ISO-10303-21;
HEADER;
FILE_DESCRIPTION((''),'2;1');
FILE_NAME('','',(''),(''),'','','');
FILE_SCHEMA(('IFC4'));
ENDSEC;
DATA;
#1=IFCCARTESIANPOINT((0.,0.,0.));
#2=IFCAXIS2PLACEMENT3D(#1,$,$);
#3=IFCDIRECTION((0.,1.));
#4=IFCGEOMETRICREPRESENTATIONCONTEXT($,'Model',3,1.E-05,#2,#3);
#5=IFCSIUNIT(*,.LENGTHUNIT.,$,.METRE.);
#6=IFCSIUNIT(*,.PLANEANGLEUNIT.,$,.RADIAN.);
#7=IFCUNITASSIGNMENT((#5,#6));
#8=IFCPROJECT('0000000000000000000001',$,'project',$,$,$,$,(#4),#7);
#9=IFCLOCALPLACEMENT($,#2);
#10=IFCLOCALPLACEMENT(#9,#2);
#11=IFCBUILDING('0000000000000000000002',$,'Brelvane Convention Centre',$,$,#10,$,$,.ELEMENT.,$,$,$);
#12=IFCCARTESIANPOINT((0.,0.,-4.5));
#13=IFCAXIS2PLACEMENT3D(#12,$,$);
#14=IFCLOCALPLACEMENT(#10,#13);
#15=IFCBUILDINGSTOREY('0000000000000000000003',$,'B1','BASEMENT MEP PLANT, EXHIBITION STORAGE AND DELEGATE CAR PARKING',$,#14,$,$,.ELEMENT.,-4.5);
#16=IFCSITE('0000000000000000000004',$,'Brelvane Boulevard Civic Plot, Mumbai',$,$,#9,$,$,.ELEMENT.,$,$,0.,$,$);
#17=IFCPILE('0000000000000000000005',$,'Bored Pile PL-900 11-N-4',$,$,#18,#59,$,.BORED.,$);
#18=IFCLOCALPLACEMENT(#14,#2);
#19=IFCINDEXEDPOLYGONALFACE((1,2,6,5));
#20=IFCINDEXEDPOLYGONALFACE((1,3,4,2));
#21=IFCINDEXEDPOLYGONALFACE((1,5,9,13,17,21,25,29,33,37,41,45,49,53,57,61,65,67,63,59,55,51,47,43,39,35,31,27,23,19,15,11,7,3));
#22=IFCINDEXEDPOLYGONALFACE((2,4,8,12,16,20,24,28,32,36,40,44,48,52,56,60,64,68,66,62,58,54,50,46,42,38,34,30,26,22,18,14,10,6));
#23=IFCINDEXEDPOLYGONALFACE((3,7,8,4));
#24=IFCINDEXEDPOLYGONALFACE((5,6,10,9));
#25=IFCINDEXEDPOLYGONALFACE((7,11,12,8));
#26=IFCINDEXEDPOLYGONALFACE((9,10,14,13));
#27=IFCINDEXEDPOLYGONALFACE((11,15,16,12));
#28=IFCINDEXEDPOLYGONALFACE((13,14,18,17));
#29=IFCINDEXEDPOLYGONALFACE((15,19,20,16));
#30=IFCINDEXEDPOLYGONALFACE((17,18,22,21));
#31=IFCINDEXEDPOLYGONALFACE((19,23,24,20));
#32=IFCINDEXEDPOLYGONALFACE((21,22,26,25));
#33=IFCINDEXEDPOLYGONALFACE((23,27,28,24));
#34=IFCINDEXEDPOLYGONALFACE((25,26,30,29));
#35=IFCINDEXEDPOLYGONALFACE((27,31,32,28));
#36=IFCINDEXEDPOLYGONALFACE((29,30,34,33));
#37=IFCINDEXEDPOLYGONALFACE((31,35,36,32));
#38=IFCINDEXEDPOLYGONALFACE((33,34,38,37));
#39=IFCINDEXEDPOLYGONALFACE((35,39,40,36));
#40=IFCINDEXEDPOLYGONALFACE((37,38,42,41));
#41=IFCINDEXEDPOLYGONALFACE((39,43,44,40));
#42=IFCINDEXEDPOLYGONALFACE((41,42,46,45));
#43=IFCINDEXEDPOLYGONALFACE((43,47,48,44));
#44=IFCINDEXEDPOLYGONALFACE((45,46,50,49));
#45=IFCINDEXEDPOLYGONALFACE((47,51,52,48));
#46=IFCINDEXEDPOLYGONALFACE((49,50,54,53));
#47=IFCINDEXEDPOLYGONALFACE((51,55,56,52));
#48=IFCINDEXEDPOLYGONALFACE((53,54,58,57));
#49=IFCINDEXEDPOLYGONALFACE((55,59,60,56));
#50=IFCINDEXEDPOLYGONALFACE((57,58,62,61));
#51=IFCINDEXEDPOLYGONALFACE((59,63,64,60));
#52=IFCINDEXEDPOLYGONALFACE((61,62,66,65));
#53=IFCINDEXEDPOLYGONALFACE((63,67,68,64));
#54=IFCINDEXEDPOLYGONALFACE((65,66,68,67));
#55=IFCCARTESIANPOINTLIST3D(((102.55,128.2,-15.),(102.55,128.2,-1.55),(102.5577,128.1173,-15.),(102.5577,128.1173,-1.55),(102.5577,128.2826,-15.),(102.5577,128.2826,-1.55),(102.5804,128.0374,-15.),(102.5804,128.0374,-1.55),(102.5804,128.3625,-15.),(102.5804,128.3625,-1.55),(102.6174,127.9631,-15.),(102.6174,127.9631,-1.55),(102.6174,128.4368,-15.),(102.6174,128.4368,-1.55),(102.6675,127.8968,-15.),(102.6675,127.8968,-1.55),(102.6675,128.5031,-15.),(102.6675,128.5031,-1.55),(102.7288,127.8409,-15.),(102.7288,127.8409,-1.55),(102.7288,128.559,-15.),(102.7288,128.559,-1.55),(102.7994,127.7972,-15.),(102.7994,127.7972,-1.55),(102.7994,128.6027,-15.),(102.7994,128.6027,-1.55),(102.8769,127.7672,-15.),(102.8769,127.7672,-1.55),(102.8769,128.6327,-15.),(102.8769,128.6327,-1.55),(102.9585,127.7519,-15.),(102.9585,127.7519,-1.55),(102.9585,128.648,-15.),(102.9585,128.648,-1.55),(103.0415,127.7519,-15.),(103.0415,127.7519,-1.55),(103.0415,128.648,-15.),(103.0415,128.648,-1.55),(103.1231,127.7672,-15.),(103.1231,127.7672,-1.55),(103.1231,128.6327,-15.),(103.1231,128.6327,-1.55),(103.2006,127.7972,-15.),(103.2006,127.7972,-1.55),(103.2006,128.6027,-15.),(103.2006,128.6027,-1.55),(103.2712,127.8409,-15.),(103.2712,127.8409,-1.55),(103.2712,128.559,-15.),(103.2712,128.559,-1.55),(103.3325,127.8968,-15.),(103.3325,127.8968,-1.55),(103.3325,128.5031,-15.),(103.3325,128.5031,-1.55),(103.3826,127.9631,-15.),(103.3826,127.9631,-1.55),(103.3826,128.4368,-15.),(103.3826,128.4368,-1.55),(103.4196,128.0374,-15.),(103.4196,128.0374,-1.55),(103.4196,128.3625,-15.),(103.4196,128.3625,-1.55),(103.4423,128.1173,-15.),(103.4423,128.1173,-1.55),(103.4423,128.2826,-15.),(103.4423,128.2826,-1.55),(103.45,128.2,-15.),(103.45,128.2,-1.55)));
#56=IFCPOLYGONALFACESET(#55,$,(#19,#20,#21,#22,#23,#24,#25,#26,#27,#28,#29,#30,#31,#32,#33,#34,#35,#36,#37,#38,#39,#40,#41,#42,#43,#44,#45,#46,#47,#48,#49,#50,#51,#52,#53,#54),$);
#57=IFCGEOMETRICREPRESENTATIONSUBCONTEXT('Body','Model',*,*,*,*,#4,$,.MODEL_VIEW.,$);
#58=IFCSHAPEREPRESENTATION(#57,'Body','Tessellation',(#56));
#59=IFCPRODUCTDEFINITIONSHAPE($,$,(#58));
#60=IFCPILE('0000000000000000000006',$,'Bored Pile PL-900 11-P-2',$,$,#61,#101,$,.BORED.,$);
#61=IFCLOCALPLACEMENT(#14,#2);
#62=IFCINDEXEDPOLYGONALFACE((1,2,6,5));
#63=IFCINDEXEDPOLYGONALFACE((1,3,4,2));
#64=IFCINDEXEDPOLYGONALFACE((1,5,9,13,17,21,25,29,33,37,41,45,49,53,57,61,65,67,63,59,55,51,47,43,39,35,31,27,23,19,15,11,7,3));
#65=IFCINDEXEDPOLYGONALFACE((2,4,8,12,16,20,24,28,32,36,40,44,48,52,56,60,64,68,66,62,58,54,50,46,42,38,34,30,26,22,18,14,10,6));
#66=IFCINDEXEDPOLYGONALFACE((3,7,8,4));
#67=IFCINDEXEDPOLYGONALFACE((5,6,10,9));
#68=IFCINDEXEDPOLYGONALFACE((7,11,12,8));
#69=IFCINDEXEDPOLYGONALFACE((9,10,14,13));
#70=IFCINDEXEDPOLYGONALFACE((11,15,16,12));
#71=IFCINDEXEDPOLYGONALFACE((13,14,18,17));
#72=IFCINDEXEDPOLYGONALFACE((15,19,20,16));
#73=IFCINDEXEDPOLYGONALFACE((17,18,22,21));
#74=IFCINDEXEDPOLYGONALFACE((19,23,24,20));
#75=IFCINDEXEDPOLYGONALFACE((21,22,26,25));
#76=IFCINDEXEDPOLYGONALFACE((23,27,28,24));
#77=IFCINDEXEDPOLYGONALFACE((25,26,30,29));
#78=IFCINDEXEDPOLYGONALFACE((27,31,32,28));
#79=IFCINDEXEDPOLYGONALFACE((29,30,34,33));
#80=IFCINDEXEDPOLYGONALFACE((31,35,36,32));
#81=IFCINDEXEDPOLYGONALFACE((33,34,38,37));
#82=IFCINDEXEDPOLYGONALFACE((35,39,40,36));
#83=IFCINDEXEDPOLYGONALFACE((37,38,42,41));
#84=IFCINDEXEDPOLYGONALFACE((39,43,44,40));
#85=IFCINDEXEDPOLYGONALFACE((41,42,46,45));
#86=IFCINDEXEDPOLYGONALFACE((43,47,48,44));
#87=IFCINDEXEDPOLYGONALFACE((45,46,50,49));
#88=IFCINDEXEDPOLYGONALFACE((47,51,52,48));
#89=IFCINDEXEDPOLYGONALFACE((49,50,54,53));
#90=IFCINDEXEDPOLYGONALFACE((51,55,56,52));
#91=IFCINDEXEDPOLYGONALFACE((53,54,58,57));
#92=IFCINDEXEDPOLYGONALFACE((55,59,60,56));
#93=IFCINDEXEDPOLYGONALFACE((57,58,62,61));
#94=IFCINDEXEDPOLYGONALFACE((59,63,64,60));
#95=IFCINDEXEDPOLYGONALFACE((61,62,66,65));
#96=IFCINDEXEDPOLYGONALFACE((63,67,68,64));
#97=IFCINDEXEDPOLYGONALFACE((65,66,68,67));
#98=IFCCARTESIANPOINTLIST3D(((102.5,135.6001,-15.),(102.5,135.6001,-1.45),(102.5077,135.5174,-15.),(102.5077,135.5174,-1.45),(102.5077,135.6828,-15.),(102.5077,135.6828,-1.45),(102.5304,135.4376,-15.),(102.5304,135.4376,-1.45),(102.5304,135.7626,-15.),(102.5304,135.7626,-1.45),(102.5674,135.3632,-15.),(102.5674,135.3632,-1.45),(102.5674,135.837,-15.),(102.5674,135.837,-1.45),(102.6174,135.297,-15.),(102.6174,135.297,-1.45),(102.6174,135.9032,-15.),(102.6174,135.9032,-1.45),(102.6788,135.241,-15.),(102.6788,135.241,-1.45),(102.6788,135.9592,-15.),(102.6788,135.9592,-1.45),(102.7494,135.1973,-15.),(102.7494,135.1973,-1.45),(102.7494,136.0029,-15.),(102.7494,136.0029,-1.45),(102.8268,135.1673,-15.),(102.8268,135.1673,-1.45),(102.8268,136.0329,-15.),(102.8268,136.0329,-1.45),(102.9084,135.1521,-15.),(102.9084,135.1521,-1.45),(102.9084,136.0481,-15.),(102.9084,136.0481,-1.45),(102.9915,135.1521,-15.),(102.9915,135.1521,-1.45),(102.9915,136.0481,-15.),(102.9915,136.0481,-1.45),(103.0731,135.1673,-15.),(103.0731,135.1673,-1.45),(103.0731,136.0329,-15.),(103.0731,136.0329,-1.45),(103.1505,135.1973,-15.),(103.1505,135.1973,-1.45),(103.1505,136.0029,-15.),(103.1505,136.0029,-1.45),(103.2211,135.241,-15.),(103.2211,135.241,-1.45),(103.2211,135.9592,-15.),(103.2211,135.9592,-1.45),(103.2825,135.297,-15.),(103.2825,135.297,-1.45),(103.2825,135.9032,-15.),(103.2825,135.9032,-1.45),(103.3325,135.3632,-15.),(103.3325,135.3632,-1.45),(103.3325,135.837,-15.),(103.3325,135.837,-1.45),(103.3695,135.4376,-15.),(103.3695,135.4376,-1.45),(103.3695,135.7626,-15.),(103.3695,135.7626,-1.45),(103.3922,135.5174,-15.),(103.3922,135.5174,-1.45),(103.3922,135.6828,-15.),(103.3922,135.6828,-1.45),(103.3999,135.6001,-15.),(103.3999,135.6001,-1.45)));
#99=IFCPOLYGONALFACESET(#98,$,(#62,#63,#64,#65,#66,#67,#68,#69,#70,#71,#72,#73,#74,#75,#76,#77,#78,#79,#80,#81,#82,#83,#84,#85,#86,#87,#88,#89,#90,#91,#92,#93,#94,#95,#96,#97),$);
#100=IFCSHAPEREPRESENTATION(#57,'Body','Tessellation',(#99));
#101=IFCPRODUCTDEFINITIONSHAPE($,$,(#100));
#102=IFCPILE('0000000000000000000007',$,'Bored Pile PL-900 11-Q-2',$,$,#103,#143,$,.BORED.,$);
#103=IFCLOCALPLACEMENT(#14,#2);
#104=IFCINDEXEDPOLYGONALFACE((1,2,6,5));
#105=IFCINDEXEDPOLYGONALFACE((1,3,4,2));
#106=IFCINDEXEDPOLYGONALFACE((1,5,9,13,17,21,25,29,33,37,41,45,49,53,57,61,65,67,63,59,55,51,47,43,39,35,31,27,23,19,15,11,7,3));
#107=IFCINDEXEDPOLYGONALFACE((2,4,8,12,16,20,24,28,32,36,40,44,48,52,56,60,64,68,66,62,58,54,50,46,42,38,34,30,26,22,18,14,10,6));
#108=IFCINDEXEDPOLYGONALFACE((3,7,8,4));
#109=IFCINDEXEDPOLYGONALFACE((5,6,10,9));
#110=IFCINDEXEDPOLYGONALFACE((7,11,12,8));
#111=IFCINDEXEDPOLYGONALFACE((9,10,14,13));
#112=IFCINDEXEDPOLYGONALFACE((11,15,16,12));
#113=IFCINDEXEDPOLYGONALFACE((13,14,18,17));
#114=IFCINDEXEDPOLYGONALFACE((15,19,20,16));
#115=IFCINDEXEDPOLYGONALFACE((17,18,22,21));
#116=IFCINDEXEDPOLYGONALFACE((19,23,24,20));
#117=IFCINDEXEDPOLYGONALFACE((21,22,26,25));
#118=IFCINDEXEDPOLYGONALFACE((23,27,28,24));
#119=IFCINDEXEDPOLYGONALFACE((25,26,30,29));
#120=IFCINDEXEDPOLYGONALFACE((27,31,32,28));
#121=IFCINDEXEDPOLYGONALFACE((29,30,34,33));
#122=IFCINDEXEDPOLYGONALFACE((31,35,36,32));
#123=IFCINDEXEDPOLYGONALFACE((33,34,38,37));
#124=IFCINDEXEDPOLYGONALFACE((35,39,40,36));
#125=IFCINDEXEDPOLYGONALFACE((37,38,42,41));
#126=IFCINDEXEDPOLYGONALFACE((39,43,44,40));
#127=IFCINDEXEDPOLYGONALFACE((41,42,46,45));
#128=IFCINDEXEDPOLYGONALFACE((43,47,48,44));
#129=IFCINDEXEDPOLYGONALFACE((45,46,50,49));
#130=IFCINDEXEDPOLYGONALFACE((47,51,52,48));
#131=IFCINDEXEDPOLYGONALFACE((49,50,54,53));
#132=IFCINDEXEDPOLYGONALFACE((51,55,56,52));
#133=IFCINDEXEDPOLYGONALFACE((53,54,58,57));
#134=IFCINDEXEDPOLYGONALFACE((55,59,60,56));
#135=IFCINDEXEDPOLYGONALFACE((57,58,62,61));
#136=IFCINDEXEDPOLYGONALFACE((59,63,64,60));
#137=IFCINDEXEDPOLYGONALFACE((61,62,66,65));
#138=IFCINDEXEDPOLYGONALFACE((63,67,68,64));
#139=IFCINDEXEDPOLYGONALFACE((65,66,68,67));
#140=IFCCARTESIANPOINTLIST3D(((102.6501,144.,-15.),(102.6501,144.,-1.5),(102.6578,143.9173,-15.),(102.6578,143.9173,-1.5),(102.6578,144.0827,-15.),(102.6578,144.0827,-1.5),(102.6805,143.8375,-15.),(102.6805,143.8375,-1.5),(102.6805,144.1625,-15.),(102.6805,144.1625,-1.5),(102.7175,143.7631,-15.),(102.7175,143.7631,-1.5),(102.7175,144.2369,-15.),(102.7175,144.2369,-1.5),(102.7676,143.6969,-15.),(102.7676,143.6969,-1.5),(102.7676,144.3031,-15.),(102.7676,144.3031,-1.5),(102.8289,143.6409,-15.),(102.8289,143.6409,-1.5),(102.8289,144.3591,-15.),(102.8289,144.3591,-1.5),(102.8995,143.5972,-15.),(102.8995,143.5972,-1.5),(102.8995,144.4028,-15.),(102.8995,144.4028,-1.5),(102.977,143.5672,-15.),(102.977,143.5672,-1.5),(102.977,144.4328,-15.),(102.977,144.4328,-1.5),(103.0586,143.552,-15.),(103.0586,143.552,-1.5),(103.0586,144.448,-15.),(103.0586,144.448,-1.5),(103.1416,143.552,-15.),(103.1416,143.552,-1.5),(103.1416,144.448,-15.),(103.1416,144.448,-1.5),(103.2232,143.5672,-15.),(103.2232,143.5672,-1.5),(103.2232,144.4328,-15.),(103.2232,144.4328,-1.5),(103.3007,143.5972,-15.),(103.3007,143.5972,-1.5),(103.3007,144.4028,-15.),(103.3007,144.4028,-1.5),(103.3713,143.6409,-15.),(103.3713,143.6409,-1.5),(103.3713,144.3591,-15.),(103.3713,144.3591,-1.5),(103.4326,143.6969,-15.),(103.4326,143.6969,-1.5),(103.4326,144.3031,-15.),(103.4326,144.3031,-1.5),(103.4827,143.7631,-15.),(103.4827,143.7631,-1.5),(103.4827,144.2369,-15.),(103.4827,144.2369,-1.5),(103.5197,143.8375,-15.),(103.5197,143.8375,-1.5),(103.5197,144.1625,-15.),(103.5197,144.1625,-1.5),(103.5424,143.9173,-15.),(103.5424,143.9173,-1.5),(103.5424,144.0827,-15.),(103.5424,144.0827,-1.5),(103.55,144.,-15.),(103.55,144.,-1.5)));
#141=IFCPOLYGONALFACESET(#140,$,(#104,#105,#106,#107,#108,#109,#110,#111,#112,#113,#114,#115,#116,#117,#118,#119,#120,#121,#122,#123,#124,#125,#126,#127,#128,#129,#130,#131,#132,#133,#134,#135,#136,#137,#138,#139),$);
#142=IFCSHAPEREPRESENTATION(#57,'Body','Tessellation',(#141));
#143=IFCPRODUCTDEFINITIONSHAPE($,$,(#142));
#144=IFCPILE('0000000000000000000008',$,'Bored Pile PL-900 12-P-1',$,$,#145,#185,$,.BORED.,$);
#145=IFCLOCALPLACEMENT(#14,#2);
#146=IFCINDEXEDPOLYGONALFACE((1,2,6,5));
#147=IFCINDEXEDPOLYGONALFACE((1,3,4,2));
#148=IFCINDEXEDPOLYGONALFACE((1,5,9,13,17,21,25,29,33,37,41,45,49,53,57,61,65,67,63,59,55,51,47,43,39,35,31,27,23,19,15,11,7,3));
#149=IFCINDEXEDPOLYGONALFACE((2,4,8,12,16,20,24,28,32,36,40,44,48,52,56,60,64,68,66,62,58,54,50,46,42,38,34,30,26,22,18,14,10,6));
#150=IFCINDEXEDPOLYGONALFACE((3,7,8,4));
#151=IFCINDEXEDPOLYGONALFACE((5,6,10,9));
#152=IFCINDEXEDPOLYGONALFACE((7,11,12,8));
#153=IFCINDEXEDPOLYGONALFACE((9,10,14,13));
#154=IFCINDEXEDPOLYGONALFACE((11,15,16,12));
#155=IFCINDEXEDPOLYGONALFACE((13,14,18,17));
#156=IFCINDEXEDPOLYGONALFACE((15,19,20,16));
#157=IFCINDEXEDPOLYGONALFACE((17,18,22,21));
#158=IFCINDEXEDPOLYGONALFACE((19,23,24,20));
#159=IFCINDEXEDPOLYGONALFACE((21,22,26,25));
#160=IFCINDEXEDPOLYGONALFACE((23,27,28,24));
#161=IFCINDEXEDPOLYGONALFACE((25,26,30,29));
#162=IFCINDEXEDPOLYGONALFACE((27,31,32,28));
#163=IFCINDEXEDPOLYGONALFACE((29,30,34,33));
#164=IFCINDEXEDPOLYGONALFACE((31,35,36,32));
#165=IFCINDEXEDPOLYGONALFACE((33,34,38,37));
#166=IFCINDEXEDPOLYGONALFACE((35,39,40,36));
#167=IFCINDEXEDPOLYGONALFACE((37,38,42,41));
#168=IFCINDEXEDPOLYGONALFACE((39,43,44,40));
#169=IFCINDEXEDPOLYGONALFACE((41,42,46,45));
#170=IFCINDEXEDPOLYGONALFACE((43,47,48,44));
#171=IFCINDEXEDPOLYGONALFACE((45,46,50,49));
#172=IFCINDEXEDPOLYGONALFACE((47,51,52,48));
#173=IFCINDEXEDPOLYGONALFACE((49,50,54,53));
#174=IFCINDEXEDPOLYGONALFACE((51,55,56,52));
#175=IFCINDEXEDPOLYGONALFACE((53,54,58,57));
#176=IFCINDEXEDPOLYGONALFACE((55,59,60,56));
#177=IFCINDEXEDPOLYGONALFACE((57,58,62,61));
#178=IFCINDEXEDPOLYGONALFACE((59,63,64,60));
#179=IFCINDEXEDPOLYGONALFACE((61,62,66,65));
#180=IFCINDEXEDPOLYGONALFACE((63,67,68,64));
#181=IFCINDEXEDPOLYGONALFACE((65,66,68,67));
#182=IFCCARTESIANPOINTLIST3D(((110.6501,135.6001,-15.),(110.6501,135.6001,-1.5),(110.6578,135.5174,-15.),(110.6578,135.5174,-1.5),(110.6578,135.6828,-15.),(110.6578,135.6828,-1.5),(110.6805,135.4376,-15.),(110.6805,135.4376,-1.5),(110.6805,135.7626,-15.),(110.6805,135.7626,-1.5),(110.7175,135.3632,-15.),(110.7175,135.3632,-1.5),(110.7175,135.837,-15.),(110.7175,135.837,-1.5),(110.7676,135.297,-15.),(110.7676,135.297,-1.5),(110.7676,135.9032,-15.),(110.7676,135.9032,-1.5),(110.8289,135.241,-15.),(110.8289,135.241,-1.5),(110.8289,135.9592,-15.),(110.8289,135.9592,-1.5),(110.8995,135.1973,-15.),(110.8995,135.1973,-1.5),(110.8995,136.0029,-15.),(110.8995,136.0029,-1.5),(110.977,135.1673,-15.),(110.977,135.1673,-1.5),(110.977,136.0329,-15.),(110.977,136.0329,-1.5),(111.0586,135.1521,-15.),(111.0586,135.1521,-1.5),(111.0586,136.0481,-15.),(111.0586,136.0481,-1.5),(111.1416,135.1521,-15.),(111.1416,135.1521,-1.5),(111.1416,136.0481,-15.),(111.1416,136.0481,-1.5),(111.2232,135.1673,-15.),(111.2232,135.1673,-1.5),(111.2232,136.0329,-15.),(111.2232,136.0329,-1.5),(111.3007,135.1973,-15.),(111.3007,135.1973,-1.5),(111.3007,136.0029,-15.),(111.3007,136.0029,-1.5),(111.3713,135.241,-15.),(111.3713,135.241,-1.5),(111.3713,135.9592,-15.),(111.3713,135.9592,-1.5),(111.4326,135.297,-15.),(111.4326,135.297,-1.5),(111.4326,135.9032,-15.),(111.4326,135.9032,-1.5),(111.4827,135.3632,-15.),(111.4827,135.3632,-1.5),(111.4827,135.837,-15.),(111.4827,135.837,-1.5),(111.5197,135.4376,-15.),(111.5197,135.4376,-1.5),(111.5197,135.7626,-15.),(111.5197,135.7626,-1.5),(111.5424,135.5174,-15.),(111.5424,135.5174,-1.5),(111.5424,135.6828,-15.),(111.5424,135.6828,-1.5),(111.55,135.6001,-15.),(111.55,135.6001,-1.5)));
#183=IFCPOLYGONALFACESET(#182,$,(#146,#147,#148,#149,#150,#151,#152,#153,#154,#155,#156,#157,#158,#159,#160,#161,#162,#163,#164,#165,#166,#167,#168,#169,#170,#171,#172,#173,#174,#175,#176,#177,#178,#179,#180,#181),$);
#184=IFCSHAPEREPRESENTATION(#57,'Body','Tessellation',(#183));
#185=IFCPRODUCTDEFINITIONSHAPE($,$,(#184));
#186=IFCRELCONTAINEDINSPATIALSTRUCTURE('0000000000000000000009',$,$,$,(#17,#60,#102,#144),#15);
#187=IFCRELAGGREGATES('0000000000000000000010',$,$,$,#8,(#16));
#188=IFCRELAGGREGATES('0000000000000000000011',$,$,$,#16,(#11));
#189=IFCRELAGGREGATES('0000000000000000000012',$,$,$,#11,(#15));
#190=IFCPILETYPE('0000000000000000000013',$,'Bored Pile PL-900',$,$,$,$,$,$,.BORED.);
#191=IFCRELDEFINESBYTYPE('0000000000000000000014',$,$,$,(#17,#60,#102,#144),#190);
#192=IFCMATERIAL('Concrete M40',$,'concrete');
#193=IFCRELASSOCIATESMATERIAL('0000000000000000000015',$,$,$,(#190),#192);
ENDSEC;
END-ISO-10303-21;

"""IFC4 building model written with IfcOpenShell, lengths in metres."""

from ifc_helpers import new_model, si_unit, direction, frame, origin, origin_2d, place, context, subcontext, project, spatial, circle, extrude, material, material_profile, profile_set, type_object, element, save


model = new_model("IFC4")

# Units and contexts
model_context = context("Model", 3, precision=1e-05, world=origin(), true_north=direction((0.0, 1.0)))
body_context = subcontext(model_context, "Body", "Model", "MODEL_VIEW")
ifc_project = project(units=[si_unit("LENGTHUNIT", "METRE"), si_unit("PLANEANGLEUNIT", "RADIAN")], contexts=[model_context])

# Site, building, storey
site_placement = place(None, origin())
site = spatial("IfcSite", under=ifc_project, at=site_placement, Name="Brelvane Boulevard Civic Plot, Mumbai", CompositionType="ELEMENT", RefElevation=0.0)
building_placement = place(site_placement, origin())
building = spatial("IfcBuilding", under=site, at=building_placement, Name="Brelvane Convention Centre", CompositionType="ELEMENT")
storey_placement = place(building_placement, frame((0.0, 0.0, -4.5)))
storey = spatial("IfcBuildingStorey", under=building, at=storey_placement, Name="B1", Description="BASEMENT MEP PLANT, EXHIBITION STORAGE AND DELEGATE CAR PARKING", CompositionType="ELEMENT", Elevation=-4.5)

# Piles
ifc_material_1 = material(Name="Concrete M40", Category="concrete")
ifc_material_profile_1 = material_profile(ifc_material_1, circle(Radius=0.45, at=origin_2d()), Name="PILE D900")
ifc_profile_set_1 = profile_set([ifc_material_profile_1], Name="Concrete M40")
pile_type = type_object("IfcPileType", Name="Bored Pile PL-900", PredefinedType="BORED", material=ifc_profile_set_1)
pile_1_placement = place(storey_placement, frame((103.0, 128.2, -1.55), z_axis=(0.0, 0.0, -1.0), x_axis=(1.0, 0.0, 0.0)))
element("IfcPile", 1, at=pile_1_placement, inside=storey, type_object=pile_type, Name="Bored Pile PL-900 11-N-4", PredefinedType="BORED", context=body_context, shape_type="SweptSolid", body=[
    extrude(circle(Radius=0.45, at=origin_2d()), origin(), (0.0, 0.0, 1.0), 13.45),
])
pile_2_placement = place(storey_placement, frame((102.95, 135.6001, -1.45), z_axis=(0.0, 0.0, -1.0), x_axis=(1.0, 0.0, 0.0)))
element("IfcPile", 2, at=pile_2_placement, inside=storey, type_object=pile_type, Name="Bored Pile PL-900 11-P-2", PredefinedType="BORED", context=body_context, shape_type="SweptSolid", body=[
    extrude(circle(Radius=0.45, at=origin_2d()), origin(), (0.0, 0.0, 1.0), 13.55),
])
for number, where, z_axis, x_axis, name in (
    (3, (103.1001, 144.0, -1.5), (0.0, 0.0, -1.0), (1.0, 0.0, 0.0), "Bored Pile PL-900 11-Q-2"),
    (4, (111.1001, 135.6001, -1.5), (0.0, 0.0, -1.0), (1.0, 0.0, 0.0), "Bored Pile PL-900 12-P-1"),
):
    element("IfcPile", number, at=place(storey_placement, frame(where, z_axis=z_axis, x_axis=x_axis)), inside=storey, type_object=pile_type, Name=name, PredefinedType="BORED", context=body_context, shape_type="SweptSolid", body=[
        extrude(circle(Radius=0.45, at=origin_2d()), origin(), (0.0, 0.0, 1.0), 13.5),
    ])

save(model, "model.ifc")
